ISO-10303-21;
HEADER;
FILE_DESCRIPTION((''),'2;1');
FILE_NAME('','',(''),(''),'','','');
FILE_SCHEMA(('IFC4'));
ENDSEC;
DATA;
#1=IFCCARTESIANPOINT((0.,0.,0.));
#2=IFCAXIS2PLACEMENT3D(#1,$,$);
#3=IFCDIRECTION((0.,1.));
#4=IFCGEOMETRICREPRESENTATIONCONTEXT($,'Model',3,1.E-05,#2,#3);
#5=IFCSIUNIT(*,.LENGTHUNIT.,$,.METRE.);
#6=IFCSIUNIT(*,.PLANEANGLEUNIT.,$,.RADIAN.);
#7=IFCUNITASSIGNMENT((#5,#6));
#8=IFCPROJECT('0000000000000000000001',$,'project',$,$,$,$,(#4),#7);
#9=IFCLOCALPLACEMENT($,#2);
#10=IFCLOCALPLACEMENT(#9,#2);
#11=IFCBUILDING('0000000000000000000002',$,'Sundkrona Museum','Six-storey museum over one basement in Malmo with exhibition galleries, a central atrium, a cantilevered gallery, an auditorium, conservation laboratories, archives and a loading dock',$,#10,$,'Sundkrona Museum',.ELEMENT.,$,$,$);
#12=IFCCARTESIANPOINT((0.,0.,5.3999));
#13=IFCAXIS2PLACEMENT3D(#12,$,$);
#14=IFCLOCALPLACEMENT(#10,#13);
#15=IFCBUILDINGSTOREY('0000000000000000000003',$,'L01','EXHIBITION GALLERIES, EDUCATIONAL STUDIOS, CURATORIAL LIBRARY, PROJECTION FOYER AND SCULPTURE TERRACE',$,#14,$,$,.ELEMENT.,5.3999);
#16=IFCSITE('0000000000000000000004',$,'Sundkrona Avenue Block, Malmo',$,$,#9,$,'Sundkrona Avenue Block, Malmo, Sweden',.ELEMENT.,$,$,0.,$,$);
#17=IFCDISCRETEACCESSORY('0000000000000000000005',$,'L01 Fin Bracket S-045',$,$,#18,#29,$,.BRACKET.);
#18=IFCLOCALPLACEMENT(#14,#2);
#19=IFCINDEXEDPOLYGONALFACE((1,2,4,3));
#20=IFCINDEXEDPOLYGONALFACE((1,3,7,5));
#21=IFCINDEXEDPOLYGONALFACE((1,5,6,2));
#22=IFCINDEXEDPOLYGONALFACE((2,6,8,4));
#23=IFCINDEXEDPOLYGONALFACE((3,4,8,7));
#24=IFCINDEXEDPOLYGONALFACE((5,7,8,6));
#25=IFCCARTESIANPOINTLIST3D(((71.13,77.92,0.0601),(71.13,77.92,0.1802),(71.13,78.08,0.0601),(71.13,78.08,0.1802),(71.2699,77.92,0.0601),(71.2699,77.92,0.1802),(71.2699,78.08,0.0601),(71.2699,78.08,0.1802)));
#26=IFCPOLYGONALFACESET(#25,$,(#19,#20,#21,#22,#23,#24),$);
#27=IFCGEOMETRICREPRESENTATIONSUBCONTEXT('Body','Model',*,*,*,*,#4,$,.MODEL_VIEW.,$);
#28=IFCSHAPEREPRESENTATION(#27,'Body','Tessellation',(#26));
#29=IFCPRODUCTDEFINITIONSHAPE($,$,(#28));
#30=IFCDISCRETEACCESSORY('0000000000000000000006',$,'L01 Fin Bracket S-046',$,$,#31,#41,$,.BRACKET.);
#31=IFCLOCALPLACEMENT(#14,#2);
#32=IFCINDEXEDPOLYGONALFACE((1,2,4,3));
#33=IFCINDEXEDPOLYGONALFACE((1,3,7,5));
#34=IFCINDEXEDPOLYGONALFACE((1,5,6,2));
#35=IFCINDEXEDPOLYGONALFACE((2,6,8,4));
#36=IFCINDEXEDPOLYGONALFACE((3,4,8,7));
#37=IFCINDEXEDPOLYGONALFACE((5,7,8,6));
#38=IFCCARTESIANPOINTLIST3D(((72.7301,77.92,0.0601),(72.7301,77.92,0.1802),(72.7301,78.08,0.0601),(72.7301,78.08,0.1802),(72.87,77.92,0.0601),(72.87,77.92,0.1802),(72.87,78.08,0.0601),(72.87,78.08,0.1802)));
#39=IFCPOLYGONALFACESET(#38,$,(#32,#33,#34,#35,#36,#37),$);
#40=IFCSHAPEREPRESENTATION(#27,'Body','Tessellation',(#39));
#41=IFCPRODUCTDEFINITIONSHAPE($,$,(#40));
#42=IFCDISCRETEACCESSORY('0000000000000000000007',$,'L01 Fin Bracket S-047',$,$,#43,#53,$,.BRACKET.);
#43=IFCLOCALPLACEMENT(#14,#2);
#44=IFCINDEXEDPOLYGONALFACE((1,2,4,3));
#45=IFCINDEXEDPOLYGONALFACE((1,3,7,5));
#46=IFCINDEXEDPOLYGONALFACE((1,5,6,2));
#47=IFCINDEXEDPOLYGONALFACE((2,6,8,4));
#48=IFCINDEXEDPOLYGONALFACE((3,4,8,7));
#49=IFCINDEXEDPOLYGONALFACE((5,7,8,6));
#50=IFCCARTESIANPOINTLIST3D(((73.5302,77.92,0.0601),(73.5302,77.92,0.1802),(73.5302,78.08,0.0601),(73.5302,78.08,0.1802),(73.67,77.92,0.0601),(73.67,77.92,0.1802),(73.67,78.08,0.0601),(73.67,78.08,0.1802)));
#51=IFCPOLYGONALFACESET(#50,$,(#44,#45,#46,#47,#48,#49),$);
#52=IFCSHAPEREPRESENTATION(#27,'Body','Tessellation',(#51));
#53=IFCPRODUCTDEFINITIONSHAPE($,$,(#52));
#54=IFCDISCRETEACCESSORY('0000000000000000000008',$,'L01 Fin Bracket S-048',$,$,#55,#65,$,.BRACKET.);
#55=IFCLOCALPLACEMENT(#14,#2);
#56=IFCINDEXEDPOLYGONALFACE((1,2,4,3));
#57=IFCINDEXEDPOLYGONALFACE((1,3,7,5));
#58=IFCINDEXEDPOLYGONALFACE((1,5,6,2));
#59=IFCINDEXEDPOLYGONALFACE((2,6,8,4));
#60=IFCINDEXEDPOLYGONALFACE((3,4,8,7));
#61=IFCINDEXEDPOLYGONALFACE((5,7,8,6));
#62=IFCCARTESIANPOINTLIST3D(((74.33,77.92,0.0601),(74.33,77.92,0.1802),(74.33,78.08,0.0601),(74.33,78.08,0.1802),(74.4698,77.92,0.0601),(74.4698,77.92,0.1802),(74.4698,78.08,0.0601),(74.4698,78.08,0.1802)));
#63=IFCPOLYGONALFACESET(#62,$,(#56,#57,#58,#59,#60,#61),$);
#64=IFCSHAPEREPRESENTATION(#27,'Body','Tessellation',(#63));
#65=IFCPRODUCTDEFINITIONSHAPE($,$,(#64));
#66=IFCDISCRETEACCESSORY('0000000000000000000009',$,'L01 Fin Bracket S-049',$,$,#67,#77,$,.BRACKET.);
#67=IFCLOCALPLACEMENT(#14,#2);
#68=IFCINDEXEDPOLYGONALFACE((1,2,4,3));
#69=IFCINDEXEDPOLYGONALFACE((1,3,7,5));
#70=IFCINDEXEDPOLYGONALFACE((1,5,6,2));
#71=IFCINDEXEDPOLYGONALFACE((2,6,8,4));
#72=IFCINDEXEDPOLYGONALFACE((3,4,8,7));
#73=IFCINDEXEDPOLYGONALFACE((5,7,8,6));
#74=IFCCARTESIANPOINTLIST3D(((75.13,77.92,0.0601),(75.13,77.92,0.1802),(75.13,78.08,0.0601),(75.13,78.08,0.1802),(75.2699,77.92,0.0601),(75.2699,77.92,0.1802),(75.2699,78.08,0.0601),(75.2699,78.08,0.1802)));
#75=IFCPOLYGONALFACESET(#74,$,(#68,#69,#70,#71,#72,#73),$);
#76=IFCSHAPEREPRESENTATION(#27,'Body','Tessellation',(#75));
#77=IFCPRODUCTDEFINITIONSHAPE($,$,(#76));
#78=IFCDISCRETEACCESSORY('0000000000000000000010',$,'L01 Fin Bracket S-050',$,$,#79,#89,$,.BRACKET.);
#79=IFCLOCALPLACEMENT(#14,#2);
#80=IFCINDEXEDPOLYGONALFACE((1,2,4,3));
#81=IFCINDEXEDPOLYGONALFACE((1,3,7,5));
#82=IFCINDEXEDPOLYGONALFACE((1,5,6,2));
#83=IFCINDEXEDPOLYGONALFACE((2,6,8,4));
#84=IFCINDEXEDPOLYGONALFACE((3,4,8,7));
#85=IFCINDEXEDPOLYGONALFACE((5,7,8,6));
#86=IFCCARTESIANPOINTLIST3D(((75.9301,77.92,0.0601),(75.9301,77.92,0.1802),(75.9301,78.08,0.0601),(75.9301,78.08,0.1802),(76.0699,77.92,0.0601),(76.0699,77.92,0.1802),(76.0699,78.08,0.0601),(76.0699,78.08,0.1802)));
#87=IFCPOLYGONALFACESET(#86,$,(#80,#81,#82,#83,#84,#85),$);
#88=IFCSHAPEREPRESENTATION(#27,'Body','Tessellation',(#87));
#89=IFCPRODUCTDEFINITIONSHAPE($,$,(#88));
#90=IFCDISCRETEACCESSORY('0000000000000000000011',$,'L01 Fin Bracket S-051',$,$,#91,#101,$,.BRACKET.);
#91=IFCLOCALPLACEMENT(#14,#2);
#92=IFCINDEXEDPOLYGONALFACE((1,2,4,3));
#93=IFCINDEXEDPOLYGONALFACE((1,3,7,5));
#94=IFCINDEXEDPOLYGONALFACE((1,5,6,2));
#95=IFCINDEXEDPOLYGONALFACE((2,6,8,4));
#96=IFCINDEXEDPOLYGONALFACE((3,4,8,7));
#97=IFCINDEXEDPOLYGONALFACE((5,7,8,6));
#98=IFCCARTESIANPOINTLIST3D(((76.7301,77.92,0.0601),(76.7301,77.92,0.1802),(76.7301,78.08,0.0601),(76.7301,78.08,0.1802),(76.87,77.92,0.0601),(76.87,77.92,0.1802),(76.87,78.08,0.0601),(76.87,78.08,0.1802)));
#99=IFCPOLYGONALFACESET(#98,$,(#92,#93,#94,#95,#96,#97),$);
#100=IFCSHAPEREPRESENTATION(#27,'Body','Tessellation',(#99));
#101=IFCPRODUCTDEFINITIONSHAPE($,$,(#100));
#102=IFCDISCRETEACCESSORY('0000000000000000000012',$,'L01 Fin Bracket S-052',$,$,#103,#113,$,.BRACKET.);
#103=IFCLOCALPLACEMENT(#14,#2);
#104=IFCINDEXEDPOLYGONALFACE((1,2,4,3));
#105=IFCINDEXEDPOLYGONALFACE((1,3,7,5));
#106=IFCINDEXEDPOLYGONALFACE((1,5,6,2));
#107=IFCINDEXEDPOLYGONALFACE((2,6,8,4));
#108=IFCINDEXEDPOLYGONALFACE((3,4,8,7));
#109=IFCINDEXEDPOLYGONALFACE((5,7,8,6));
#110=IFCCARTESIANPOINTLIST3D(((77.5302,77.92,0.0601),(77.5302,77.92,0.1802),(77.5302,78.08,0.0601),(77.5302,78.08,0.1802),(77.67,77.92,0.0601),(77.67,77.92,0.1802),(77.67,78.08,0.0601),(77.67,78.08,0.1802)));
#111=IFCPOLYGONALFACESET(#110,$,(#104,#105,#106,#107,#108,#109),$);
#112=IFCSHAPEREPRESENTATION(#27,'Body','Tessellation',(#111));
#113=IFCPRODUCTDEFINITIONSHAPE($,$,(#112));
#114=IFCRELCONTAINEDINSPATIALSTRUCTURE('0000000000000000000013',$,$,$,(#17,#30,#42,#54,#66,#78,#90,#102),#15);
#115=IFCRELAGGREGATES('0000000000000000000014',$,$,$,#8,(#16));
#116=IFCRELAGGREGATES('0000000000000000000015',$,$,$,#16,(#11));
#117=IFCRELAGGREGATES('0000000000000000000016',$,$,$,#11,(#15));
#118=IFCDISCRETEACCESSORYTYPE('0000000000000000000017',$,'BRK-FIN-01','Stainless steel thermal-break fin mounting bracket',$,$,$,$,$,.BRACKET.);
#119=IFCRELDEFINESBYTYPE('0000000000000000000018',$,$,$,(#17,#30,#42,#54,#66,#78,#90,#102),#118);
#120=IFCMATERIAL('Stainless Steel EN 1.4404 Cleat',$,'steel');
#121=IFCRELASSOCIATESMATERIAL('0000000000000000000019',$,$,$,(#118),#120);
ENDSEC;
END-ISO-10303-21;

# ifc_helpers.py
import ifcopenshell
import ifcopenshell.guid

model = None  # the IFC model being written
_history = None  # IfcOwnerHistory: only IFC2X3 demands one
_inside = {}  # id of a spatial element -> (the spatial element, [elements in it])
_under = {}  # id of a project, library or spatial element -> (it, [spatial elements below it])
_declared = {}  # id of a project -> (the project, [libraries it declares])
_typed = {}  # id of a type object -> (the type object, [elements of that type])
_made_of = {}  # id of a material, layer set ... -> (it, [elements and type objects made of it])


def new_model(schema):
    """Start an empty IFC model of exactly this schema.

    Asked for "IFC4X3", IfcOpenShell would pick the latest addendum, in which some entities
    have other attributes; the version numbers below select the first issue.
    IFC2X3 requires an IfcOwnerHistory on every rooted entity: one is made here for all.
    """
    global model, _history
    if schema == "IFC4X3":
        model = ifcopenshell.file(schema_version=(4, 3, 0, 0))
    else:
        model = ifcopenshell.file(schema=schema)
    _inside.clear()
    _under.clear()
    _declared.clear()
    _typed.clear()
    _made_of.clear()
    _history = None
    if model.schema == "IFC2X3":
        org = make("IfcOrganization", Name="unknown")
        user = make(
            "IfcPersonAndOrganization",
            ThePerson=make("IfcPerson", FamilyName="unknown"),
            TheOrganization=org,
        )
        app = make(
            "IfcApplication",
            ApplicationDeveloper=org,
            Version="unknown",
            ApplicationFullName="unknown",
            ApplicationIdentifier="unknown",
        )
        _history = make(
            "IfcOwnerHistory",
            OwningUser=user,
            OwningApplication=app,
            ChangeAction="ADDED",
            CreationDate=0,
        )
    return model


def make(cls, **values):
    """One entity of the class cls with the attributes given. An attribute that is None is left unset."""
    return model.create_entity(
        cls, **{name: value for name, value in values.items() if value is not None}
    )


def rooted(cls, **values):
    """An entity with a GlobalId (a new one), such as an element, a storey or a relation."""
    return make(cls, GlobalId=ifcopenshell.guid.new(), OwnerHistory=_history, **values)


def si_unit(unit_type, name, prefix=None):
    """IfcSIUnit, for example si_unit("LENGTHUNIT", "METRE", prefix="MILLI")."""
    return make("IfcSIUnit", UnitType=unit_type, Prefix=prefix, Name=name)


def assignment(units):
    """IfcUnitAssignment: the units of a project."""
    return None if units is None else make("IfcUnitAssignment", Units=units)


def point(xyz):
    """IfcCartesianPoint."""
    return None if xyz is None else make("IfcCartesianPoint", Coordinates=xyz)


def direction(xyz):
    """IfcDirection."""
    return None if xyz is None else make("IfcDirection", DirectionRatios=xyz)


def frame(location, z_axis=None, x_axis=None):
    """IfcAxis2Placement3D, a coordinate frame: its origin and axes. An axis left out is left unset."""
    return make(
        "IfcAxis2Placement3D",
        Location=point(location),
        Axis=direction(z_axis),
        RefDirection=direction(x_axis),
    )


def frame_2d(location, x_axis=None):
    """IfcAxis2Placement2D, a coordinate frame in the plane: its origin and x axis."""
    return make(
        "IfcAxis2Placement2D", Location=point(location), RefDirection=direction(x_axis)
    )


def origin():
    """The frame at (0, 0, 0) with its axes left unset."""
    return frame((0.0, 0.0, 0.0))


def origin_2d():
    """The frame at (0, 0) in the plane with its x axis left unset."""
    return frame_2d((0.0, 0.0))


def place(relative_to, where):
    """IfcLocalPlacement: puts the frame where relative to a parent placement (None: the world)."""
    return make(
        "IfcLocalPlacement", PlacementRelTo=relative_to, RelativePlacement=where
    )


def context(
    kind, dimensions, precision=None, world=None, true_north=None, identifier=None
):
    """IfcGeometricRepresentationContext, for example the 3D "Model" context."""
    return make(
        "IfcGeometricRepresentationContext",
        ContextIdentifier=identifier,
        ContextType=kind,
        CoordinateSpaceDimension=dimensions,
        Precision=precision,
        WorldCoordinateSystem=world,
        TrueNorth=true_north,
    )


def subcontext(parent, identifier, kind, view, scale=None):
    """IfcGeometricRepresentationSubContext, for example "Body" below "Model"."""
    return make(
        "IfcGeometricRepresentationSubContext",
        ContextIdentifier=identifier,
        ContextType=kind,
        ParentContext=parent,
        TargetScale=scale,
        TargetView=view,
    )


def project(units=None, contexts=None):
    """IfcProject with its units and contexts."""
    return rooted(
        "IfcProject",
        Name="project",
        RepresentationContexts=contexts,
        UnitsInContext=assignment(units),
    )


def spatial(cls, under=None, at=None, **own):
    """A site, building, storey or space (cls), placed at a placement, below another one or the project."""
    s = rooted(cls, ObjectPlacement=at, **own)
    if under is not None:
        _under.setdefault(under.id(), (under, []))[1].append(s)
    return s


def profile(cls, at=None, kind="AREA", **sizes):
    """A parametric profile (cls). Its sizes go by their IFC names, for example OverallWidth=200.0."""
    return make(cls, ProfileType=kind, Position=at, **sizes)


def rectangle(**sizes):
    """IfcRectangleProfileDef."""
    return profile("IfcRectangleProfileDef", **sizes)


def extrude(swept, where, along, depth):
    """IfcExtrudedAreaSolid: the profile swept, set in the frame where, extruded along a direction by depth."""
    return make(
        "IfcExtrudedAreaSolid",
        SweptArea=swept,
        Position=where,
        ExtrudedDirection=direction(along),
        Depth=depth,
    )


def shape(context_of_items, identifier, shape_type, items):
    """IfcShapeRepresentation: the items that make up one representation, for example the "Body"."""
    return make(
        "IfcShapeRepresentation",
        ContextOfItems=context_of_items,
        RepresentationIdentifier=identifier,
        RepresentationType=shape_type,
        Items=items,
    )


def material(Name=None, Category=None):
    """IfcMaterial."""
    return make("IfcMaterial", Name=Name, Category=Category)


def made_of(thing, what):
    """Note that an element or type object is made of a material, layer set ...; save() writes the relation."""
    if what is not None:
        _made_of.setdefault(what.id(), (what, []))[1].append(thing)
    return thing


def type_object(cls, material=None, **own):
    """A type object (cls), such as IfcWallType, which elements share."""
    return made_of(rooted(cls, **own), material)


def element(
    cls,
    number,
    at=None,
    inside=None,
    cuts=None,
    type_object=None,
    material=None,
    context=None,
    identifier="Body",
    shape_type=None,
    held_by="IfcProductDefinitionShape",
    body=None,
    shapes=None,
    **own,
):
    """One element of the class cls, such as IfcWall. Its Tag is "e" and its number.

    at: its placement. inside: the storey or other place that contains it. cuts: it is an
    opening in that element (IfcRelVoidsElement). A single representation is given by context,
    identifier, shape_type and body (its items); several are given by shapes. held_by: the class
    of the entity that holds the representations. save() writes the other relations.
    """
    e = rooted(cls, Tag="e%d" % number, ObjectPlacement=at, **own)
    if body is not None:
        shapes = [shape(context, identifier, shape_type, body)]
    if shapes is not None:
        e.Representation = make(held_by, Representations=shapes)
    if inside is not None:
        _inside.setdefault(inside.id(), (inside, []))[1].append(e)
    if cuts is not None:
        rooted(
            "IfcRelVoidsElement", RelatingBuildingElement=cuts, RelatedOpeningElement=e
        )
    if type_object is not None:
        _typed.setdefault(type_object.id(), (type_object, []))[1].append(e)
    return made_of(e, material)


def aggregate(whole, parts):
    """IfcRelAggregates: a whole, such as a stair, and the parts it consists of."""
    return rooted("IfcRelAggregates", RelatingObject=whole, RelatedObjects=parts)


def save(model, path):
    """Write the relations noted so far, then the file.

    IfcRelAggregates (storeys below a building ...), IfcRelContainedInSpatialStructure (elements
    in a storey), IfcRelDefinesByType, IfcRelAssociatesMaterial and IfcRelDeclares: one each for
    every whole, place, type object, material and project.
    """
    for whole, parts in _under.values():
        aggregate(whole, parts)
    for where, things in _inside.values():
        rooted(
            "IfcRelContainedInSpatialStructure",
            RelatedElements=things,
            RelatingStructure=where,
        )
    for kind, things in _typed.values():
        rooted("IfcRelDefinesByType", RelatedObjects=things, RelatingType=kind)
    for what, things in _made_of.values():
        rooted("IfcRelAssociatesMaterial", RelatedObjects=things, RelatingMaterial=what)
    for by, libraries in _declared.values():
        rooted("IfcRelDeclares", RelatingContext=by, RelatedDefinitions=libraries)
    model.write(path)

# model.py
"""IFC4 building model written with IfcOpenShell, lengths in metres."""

from ifc_helpers import new_model, si_unit, direction, frame, origin, origin_2d, place, context, subcontext, project, spatial, rectangle, extrude, material, type_object, element, save


model = new_model("IFC4")

# Units and contexts
model_context = context("Model", 3, precision=1e-05, world=origin(), true_north=direction((0.0, 1.0)))
body_context = subcontext(model_context, "Body", "Model", "MODEL_VIEW")
ifc_project = project(units=[si_unit("LENGTHUNIT", "METRE"), si_unit("PLANEANGLEUNIT", "RADIAN")], contexts=[model_context])

# Site, building, storey
site_placement = place(None, origin())
site = spatial("IfcSite", under=ifc_project, at=site_placement, Name="Sundkrona Avenue Block, Malmo", LongName="Sundkrona Avenue Block, Malmo, Sweden", CompositionType="ELEMENT", RefElevation=0.0)
building_placement = place(site_placement, origin())
building = spatial("IfcBuilding", under=site, at=building_placement, Name="Sundkrona Museum", Description="Six-storey museum over one basement in Malmo with exhibition galleries, a central atrium, a cantilevered gallery, an auditorium, conservation laboratories, archives and a loading dock", LongName="Sundkrona Museum", CompositionType="ELEMENT")
storey_placement = place(building_placement, frame((0.0, 0.0, 5.3999)))
storey = spatial("IfcBuildingStorey", under=building, at=storey_placement, Name="L01", Description="EXHIBITION GALLERIES, EDUCATIONAL STUDIOS, CURATORIAL LIBRARY, PROJECTION FOYER AND SCULPTURE TERRACE", CompositionType="ELEMENT", Elevation=5.3999)

# Discrete accessories
ifc_material_1 = material(Name="Stainless Steel EN 1.4404 Cleat", Category="steel")
discrete_accessory_type = type_object("IfcDiscreteAccessoryType", Name="BRK-FIN-01", Description="Stainless steel thermal-break fin mounting bracket", PredefinedType="BRACKET", material=ifc_material_1)
for number, where, z_axis, x_axis, name in (
    (1, (71.2, 78.0, 0.0601), (0.0, 0.0, 1.0), (1.0, 0.0, 0.0), "L01 Fin Bracket S-045"),
    (2, (72.8, 78.0, 0.0601), (0.0, 0.0, 1.0), (1.0, 0.0, 0.0), "L01 Fin Bracket S-046"),
    (3, (73.6001, 78.0, 0.0601), (0.0, 0.0, 1.0), (1.0, 0.0, 0.0), "L01 Fin Bracket S-047"),
    (4, (74.3999, 78.0, 0.0601), (0.0, 0.0, 1.0), (1.0, 0.0, 0.0), "L01 Fin Bracket S-048"),
    (5, (75.2, 78.0, 0.0601), (0.0, 0.0, 1.0), (1.0, 0.0, 0.0), "L01 Fin Bracket S-049"),
    (6, (76.0, 78.0, 0.0601), (0.0, 0.0, 1.0), (1.0, 0.0, 0.0), "L01 Fin Bracket S-050"),
    (7, (76.8, 78.0, 0.0601), (0.0, 0.0, 1.0), (1.0, 0.0, 0.0), "L01 Fin Bracket S-051"),
    (8, (77.6001, 78.0, 0.0601), (0.0, 0.0, 1.0), (1.0, 0.0, 0.0), "L01 Fin Bracket S-052"),
):
    element("IfcDiscreteAccessory", number, at=place(storey_placement, frame(where, z_axis=z_axis, x_axis=x_axis)), inside=storey, type_object=discrete_accessory_type, Name=name, PredefinedType="BRACKET", context=body_context, shape_type="SweptSolid", body=[
        extrude(rectangle(XDim=0.1399, YDim=0.1599, at=origin_2d()), origin(), (0.0, 0.0, 1.0), 0.1201),
    ])

save(model, "model.ifc")
